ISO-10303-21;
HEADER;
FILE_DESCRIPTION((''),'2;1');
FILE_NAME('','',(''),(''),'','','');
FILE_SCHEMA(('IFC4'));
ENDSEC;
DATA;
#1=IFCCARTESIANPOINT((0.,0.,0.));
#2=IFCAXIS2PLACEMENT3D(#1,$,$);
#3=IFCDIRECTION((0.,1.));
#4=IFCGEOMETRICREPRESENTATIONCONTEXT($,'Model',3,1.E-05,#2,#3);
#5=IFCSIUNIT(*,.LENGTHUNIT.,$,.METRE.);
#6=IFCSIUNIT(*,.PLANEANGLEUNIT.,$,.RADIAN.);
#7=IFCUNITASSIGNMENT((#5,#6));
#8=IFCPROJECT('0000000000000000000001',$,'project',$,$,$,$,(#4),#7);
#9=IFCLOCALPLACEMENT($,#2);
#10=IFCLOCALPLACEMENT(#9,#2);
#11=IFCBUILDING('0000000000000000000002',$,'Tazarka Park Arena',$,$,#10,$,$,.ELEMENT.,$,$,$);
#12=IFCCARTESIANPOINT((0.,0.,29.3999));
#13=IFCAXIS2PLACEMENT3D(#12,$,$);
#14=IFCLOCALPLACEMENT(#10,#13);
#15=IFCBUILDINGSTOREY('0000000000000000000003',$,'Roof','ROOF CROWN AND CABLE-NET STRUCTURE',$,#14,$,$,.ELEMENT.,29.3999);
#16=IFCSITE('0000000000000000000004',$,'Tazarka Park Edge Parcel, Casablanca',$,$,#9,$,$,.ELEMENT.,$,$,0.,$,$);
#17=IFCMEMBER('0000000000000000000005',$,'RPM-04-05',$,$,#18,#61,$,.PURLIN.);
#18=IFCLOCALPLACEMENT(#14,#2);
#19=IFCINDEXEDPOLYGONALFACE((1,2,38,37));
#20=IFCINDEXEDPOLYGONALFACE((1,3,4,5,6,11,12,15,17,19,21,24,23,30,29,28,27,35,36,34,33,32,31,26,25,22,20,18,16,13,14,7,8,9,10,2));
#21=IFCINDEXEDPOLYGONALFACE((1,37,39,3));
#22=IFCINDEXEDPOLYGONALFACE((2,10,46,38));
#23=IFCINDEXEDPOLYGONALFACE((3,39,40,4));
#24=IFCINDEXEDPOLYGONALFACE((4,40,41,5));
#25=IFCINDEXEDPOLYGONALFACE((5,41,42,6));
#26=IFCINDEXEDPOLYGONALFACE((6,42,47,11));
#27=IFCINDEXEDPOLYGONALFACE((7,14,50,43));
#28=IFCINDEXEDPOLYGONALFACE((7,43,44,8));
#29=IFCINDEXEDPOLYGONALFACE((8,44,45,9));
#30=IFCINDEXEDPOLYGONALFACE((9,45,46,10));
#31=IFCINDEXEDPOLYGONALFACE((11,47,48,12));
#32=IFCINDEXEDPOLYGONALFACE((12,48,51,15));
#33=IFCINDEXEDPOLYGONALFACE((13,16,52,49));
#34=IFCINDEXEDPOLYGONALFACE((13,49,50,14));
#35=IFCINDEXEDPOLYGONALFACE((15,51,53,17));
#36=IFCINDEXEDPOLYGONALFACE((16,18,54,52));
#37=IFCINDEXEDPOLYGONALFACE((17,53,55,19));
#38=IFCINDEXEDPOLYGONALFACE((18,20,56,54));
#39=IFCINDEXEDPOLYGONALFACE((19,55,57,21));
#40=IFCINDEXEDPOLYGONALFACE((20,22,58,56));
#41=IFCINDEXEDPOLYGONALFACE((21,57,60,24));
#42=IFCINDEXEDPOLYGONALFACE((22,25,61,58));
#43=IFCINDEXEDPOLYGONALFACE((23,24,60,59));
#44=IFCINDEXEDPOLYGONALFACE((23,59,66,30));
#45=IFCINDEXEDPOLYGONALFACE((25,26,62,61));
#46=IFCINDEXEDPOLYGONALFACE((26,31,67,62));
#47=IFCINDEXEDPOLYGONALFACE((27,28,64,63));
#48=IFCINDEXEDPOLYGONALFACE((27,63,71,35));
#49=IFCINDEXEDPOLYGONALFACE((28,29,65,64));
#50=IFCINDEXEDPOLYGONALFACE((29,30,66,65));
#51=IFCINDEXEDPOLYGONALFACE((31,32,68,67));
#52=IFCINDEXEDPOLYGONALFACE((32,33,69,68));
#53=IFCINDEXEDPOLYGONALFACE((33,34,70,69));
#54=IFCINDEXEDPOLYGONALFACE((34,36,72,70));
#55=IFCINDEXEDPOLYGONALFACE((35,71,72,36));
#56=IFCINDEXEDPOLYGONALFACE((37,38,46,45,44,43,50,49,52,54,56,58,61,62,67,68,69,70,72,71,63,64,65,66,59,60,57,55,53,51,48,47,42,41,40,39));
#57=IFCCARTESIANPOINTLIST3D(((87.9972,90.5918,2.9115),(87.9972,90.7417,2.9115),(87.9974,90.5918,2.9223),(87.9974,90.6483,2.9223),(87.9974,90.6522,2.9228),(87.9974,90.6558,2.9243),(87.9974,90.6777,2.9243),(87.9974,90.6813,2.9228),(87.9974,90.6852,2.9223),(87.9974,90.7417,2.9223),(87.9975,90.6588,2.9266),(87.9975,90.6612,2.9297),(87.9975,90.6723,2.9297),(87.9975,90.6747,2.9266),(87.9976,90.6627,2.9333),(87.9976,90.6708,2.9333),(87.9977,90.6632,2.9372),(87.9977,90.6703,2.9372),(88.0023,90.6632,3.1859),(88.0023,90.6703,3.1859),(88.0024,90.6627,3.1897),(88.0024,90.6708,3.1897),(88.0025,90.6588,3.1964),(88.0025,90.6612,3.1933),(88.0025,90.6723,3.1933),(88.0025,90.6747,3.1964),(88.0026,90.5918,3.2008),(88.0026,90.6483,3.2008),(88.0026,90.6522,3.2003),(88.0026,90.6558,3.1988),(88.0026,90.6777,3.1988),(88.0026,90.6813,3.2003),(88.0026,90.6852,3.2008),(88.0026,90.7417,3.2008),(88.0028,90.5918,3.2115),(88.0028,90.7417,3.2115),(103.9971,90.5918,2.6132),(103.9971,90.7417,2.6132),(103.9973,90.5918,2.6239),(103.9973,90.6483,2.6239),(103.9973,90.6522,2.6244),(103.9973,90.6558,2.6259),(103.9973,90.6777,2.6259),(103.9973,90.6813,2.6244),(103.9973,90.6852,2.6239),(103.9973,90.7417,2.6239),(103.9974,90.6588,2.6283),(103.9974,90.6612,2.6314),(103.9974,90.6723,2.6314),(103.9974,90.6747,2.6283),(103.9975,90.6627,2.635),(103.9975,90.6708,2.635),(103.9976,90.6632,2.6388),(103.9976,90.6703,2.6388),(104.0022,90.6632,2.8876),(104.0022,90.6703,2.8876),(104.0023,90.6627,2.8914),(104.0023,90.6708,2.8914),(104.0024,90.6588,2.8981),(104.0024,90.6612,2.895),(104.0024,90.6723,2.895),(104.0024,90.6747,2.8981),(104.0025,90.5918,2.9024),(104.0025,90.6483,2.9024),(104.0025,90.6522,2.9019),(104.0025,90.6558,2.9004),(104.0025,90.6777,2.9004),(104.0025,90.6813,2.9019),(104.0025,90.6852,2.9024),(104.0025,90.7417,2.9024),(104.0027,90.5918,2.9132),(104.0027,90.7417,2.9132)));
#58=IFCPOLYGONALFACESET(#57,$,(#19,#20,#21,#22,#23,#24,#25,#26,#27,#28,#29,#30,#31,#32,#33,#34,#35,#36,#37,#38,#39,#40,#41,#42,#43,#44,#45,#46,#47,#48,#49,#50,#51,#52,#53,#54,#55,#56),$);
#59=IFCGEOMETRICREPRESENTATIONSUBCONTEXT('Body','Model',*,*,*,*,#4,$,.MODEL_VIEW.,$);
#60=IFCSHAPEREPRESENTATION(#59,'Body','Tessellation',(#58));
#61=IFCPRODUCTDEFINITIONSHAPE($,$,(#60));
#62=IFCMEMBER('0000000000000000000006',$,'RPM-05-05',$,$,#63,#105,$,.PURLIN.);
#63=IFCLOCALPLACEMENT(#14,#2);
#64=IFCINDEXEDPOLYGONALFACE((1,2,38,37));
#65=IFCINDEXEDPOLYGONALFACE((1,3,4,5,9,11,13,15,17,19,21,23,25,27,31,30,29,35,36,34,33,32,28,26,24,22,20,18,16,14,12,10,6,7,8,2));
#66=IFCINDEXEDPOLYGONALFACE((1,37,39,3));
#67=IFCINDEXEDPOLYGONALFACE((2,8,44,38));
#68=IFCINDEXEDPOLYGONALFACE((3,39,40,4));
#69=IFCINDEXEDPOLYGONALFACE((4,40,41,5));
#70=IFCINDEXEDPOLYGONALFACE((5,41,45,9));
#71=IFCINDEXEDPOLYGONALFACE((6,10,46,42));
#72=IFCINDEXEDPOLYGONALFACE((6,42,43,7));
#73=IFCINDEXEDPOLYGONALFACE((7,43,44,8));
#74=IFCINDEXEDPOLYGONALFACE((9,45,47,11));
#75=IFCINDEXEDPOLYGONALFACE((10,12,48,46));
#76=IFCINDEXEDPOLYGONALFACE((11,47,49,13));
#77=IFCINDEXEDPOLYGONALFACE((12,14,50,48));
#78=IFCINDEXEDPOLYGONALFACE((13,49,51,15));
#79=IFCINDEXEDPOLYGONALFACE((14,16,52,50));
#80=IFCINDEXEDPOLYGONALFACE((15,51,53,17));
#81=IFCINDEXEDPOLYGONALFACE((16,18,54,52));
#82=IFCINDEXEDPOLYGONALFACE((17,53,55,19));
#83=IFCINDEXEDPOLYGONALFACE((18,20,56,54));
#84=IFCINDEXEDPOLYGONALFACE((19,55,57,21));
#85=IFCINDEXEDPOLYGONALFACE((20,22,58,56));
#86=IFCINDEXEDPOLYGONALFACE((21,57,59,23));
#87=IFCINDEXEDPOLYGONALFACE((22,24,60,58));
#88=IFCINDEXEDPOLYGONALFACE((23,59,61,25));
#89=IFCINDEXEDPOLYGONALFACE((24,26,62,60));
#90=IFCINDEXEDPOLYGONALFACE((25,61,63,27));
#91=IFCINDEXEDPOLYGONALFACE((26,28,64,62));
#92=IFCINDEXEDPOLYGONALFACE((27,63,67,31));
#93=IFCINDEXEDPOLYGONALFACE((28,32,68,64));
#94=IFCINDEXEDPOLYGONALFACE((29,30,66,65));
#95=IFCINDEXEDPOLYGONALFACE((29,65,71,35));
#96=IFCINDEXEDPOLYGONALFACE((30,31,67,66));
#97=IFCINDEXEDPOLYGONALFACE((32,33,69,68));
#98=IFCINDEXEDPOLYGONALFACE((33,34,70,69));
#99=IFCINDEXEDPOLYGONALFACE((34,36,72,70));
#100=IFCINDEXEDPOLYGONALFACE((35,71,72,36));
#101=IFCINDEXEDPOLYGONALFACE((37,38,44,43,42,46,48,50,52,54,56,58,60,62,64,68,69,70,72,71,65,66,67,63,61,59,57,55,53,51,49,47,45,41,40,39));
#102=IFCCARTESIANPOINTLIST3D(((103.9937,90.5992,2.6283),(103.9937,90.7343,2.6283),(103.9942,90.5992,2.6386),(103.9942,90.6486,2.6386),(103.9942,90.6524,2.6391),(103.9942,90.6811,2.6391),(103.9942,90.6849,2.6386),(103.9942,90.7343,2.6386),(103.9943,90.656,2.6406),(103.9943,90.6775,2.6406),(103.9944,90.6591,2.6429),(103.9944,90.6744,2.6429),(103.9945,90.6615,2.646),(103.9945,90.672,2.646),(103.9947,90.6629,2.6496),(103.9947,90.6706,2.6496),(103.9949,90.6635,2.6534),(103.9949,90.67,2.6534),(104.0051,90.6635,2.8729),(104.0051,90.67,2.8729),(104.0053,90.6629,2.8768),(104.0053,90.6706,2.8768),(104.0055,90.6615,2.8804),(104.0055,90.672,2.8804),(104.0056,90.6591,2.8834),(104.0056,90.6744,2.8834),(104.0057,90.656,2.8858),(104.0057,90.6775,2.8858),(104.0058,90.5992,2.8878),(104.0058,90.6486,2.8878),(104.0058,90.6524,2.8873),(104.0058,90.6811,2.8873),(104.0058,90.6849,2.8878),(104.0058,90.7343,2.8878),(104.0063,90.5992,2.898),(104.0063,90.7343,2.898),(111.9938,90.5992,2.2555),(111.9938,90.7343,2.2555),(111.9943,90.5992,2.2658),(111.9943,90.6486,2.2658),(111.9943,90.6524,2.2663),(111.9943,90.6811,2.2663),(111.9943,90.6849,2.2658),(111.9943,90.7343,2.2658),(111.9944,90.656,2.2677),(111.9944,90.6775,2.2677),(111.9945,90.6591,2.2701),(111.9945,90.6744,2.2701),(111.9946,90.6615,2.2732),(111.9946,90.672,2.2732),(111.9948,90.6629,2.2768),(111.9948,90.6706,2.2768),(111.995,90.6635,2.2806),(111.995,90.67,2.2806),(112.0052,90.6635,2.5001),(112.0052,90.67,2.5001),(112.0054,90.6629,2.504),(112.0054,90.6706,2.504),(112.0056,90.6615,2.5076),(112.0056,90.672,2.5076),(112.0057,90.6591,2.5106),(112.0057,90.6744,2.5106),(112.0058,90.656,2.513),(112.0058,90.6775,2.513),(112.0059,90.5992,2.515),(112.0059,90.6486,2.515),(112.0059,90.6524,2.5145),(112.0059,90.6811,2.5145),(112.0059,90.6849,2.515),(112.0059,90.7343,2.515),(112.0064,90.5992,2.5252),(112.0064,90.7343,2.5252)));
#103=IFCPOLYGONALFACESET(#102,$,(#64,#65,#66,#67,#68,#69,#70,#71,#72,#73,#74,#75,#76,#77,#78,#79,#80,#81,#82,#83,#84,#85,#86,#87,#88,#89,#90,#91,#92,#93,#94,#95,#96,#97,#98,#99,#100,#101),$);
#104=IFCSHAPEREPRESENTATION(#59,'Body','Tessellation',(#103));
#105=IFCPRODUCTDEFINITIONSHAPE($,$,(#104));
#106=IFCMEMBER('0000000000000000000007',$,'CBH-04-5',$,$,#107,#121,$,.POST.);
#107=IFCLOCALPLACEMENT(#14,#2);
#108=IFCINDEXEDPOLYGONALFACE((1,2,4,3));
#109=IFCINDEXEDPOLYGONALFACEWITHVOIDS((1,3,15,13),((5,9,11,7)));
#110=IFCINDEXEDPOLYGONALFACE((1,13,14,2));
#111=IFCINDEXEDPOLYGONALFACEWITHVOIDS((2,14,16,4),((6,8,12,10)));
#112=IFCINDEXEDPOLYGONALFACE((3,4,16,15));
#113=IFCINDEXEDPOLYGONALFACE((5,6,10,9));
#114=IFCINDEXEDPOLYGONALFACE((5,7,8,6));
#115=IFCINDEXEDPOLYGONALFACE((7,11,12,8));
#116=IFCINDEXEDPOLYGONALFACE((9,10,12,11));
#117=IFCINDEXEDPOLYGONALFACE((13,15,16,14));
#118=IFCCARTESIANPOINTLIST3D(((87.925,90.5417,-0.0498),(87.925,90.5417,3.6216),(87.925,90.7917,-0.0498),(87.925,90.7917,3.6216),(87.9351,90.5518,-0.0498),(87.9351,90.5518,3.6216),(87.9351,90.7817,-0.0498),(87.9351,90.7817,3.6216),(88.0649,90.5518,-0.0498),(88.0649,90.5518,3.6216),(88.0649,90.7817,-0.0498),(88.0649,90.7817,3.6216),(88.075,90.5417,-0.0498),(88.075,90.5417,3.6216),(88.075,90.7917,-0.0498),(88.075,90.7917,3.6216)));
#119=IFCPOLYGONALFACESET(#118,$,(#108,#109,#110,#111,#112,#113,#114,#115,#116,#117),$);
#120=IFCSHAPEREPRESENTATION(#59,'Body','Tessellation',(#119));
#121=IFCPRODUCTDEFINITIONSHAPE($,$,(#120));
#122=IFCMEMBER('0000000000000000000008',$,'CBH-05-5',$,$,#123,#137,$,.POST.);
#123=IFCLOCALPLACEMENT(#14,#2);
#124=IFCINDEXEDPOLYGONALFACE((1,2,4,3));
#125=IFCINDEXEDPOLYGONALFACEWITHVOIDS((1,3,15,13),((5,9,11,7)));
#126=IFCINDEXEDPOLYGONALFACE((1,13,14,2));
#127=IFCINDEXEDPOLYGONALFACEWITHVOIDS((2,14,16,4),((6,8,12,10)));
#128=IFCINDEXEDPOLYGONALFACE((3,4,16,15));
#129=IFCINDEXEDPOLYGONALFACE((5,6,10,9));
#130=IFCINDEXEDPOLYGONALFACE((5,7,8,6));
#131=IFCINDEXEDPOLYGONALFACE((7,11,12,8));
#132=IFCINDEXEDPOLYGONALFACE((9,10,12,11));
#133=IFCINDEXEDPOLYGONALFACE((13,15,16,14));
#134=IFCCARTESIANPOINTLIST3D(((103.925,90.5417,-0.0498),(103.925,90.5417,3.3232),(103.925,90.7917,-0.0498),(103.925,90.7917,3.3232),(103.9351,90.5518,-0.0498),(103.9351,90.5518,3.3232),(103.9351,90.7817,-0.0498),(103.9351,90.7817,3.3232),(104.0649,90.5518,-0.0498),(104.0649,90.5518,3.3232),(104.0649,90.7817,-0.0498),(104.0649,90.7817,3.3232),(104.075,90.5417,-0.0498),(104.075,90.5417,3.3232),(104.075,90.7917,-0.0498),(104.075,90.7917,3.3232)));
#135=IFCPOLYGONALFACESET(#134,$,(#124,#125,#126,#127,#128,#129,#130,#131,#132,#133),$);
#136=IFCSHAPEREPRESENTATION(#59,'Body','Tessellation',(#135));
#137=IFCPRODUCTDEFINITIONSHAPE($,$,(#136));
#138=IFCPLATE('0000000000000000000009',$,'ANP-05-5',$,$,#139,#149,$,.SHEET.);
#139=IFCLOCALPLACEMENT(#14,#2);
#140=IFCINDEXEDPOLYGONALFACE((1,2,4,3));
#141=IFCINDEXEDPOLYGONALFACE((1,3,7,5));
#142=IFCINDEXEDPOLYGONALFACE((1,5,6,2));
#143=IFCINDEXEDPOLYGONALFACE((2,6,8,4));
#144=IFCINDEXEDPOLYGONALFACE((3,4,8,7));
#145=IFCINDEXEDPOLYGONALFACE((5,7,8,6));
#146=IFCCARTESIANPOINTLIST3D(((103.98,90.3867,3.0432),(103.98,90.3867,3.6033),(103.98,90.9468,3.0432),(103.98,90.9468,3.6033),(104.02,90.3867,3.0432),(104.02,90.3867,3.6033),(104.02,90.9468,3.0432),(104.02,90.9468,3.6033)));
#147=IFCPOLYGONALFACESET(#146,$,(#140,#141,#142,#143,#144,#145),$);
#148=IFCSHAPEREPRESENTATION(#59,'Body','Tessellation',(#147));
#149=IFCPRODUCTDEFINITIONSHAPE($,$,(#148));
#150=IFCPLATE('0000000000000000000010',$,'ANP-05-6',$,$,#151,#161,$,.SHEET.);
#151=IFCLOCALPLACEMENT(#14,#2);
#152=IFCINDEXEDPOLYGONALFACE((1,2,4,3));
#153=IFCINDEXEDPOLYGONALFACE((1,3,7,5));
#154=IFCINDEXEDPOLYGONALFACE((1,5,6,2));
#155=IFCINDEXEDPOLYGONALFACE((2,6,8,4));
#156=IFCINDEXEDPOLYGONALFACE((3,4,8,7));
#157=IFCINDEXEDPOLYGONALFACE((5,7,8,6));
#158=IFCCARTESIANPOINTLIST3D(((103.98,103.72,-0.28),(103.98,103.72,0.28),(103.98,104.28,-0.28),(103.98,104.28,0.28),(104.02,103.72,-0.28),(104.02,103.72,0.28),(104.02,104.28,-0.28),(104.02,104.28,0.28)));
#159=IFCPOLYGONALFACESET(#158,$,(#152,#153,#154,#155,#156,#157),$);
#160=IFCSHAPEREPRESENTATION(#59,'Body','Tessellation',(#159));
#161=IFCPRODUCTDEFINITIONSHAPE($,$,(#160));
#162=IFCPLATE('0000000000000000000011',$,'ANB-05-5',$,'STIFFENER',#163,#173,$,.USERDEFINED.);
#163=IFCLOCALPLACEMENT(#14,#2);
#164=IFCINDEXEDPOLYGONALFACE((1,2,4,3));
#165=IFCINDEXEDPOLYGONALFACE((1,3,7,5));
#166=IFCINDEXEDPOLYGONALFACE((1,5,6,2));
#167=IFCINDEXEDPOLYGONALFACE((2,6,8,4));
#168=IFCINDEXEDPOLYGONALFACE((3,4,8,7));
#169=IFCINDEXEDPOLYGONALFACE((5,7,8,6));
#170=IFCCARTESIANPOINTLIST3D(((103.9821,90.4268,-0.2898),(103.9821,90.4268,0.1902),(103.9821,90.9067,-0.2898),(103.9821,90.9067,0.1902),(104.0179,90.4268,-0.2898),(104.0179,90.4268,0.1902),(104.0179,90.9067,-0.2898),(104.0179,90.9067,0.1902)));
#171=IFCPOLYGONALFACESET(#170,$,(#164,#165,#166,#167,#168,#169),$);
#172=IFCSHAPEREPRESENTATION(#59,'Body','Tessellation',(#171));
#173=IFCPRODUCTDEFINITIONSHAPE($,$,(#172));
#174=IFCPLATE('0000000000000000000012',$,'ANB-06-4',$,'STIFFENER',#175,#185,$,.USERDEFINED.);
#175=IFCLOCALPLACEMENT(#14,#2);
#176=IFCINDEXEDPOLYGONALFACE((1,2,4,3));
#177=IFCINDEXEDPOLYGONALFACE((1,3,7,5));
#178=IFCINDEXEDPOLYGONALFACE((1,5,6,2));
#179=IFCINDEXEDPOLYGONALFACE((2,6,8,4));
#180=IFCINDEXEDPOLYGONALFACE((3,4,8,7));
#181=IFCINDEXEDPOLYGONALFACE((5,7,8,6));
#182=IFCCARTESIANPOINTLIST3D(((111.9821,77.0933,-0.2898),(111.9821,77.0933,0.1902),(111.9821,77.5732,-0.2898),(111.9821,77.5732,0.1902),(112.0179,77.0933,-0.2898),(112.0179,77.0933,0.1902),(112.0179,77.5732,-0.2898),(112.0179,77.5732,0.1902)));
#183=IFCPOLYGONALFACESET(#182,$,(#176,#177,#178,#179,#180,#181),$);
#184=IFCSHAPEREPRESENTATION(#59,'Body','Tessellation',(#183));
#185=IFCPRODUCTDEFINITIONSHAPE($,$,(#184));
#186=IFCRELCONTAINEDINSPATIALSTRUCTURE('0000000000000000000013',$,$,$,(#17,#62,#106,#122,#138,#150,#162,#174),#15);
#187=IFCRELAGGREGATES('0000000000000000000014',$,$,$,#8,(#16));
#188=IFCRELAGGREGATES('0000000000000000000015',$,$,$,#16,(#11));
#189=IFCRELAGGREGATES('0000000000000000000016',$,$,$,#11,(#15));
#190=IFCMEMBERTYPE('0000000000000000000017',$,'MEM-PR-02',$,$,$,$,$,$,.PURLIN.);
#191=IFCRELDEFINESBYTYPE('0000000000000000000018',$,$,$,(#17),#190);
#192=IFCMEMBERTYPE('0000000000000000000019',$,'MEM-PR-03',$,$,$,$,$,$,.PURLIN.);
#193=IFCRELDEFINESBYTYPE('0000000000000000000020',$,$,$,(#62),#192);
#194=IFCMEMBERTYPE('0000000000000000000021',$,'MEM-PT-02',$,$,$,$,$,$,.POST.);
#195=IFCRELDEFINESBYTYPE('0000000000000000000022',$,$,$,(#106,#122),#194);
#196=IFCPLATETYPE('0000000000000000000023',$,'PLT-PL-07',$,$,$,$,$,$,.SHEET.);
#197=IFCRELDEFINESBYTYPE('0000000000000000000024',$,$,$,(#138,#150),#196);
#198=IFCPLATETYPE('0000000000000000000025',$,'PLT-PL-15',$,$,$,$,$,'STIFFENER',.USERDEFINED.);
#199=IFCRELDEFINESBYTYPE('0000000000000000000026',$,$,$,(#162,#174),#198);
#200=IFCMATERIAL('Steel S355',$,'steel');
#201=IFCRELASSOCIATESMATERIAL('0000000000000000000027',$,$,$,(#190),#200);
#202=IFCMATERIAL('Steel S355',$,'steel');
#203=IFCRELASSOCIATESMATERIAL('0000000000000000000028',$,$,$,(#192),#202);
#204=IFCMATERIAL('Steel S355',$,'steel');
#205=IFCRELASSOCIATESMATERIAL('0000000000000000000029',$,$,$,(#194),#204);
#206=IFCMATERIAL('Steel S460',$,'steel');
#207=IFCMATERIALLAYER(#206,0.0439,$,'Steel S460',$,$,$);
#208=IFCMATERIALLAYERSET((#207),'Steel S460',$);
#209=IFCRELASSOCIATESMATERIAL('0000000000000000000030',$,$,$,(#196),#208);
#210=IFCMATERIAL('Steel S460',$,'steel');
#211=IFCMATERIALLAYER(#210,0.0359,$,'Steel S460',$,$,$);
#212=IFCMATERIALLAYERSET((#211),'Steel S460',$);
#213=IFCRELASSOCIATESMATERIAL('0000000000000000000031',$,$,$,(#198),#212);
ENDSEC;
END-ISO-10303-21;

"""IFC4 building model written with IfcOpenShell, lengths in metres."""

from ifc_helpers import new_model, si_unit, direction, frame, origin, origin_2d, place, context, subcontext, project, spatial, rectangle, hollow_rectangle, i_section, extrude, material, layer, layer_set, material_profile, profile_set, type_object, element, save


model = new_model("IFC4")

# Units and contexts
model_context = context("Model", 3, precision=1e-05, world=origin(), true_north=direction((0.0, 1.0)))
body_context = subcontext(model_context, "Body", "Model", "MODEL_VIEW")
ifc_project = project(units=[si_unit("LENGTHUNIT", "METRE"), si_unit("PLANEANGLEUNIT", "RADIAN")], contexts=[model_context])

# Site, building, storey
site_placement = place(None, origin())
site = spatial("IfcSite", under=ifc_project, at=site_placement, Name="Tazarka Park Edge Parcel, Casablanca", CompositionType="ELEMENT", RefElevation=0.0)
building_placement = place(site_placement, origin())
building = spatial("IfcBuilding", under=site, at=building_placement, Name="Tazarka Park Arena", CompositionType="ELEMENT")
storey_placement = place(building_placement, frame((0.0, 0.0, 29.3999)))
storey = spatial("IfcBuildingStorey", under=building, at=storey_placement, Name="Roof", Description="ROOF CROWN AND CABLE-NET STRUCTURE", CompositionType="ELEMENT", Elevation=29.3999)

# Members
ifc_material_1 = material(Name="Steel S355", Category="steel")
ifc_material_profile_1 = material_profile(ifc_material_1, i_section(OverallWidth=0.1499, OverallDepth=0.3, WebThickness=0.0071, FlangeThickness=0.0107, FilletRadius=0.0149, at=origin_2d()), Name="Steel S355")
ifc_profile_set_1 = profile_set([ifc_material_profile_1], Name="Steel S355")
member_type_1 = type_object("IfcMemberType", Name="MEM-PR-02", PredefinedType="PURLIN", material=ifc_profile_set_1)
member_1_placement = place(storey_placement, frame((88.0, 90.6667, 3.0615), z_axis=(0.999826, 0.0, -0.018643), x_axis=(0.0, 1.0, 0.0)))
element("IfcMember", 1, at=member_1_placement, inside=storey, type_object=member_type_1, Name="RPM-04-05", PredefinedType="PURLIN", context=body_context, shape_type="SweptSolid", body=[
    extrude(i_section(OverallWidth=0.1499, OverallDepth=0.3, WebThickness=0.0071, FlangeThickness=0.0107, FilletRadius=0.0149, at=origin_2d()), origin(), (0.0, 0.0, 1.0), 16.0027),
])
ifc_material_2 = material(Name="Steel S355", Category="steel")
ifc_material_profile_2 = material_profile(ifc_material_2, i_section(OverallWidth=0.135, OverallDepth=0.27, WebThickness=0.0066, FlangeThickness=0.0103, FilletRadius=0.0149, at=origin_2d()), Name="Steel S355")
ifc_profile_set_2 = profile_set([ifc_material_profile_2], Name="Steel S355")
member_type_2 = type_object("IfcMemberType", Name="MEM-PR-03", PredefinedType="PURLIN", material=ifc_profile_set_2)
member_2_placement = place(storey_placement, frame((104.0, 90.6667, 2.7632), z_axis=(0.998916, 0.0, -0.04655), x_axis=(0.0, 1.0, 0.0)))
element("IfcMember", 2, at=member_2_placement, inside=storey, type_object=member_type_2, Name="RPM-05-05", PredefinedType="PURLIN", context=body_context, shape_type="SweptSolid", body=[
    extrude(i_section(OverallWidth=0.135, OverallDepth=0.27, WebThickness=0.0066, FlangeThickness=0.0103, FilletRadius=0.0149, at=origin_2d()), origin(), (0.0, 0.0, 1.0), 8.0088),
])
ifc_material_3 = material(Name="Steel S355", Category="steel")
ifc_material_profile_3 = material_profile(ifc_material_3, hollow_rectangle(XDim=0.1499, YDim=0.25, WallThickness=0.01, at=origin_2d()), Name="Steel S355")
ifc_profile_set_3 = profile_set([ifc_material_profile_3], Name="Steel S355")
member_type_3 = type_object("IfcMemberType", Name="MEM-PT-02", PredefinedType="POST", material=ifc_profile_set_3)
member_3_placement = place(storey_placement, frame((88.0, 90.6667, -0.0498), z_axis=(0.0, 0.0, 1.0), x_axis=(1.0, 0.0, 0.0)))
element("IfcMember", 3, at=member_3_placement, inside=storey, type_object=member_type_3, Name="CBH-04-5", PredefinedType="POST", context=body_context, shape_type="SweptSolid", body=[
    extrude(hollow_rectangle(XDim=0.1499, YDim=0.25, WallThickness=0.01, at=origin_2d()), origin(), (0.0, 0.0, 1.0), 3.6714),
])
member_4_placement = place(storey_placement, frame((104.0, 90.6667, -0.0498), z_axis=(0.0, 0.0, 1.0), x_axis=(1.0, 0.0, 0.0)))
element("IfcMember", 4, at=member_4_placement, inside=storey, type_object=member_type_3, Name="CBH-05-5", PredefinedType="POST", context=body_context, shape_type="SweptSolid", body=[
    extrude(hollow_rectangle(XDim=0.1499, YDim=0.25, WallThickness=0.01, at=origin_2d()), origin(), (0.0, 0.0, 1.0), 3.373),
])

# Plates
ifc_material_4 = material(Name="Steel S460", Category="steel")
ifc_layer_1 = layer(ifc_material_4, 0.0439, Name="Steel S460")
ifc_layer_set_1 = layer_set([ifc_layer_1], Name="Steel S460")
plate_type_1 = type_object("IfcPlateType", Name="PLT-PL-07", PredefinedType="SHEET", material=ifc_layer_set_1)
for number, where, z_axis, x_axis, name in (
    (5, (104.0, 90.6667, 3.0432), (0.0, 0.0, 1.0), (1.0, 0.0, 0.0), "ANP-05-5"),
    (6, (104.0, 104.0, -0.28), (0.0, 0.0, 1.0), (1.0, 0.0, 0.0), "ANP-05-6"),
):
    element("IfcPlate", number, at=place(storey_placement, frame(where, z_axis=z_axis, x_axis=x_axis)), inside=storey, type_object=plate_type_1, Name=name, PredefinedType="SHEET", context=body_context, shape_type="SweptSolid", body=[
        extrude(rectangle(XDim=0.04, YDim=0.5601, at=origin_2d()), origin(), (0.0, 0.0, 1.0), 0.5601),
    ])
ifc_material_5 = material(Name="Steel S460", Category="steel")
ifc_layer_2 = layer(ifc_material_5, 0.0359, Name="Steel S460")
ifc_layer_set_2 = layer_set([ifc_layer_2], Name="Steel S460")
plate_type_2 = type_object("IfcPlateType", Name="PLT-PL-15", ElementType="STIFFENER", PredefinedType="USERDEFINED", material=ifc_layer_set_2)
for number, where, z_axis, x_axis, name in (
    (7, (104.0, 90.6667, -0.2898), (0.0, 0.0, 1.0), (1.0, 0.0, 0.0), "ANB-05-5"),
    (8, (112.0, 77.3333, -0.2898), (0.0, 0.0, 1.0), (1.0, 0.0, 0.0), "ANB-06-4"),
):
    element("IfcPlate", number, at=place(storey_placement, frame(where, z_axis=z_axis, x_axis=x_axis)), inside=storey, type_object=plate_type_2, Name=name, ObjectType="STIFFENER", PredefinedType="USERDEFINED", context=body_context, shape_type="SweptSolid", body=[
        extrude(rectangle(XDim=0.0359, YDim=0.48, at=origin_2d()), origin(), (0.0, 0.0, 1.0), 0.48),
    ])

save(model, "model.ifc")
